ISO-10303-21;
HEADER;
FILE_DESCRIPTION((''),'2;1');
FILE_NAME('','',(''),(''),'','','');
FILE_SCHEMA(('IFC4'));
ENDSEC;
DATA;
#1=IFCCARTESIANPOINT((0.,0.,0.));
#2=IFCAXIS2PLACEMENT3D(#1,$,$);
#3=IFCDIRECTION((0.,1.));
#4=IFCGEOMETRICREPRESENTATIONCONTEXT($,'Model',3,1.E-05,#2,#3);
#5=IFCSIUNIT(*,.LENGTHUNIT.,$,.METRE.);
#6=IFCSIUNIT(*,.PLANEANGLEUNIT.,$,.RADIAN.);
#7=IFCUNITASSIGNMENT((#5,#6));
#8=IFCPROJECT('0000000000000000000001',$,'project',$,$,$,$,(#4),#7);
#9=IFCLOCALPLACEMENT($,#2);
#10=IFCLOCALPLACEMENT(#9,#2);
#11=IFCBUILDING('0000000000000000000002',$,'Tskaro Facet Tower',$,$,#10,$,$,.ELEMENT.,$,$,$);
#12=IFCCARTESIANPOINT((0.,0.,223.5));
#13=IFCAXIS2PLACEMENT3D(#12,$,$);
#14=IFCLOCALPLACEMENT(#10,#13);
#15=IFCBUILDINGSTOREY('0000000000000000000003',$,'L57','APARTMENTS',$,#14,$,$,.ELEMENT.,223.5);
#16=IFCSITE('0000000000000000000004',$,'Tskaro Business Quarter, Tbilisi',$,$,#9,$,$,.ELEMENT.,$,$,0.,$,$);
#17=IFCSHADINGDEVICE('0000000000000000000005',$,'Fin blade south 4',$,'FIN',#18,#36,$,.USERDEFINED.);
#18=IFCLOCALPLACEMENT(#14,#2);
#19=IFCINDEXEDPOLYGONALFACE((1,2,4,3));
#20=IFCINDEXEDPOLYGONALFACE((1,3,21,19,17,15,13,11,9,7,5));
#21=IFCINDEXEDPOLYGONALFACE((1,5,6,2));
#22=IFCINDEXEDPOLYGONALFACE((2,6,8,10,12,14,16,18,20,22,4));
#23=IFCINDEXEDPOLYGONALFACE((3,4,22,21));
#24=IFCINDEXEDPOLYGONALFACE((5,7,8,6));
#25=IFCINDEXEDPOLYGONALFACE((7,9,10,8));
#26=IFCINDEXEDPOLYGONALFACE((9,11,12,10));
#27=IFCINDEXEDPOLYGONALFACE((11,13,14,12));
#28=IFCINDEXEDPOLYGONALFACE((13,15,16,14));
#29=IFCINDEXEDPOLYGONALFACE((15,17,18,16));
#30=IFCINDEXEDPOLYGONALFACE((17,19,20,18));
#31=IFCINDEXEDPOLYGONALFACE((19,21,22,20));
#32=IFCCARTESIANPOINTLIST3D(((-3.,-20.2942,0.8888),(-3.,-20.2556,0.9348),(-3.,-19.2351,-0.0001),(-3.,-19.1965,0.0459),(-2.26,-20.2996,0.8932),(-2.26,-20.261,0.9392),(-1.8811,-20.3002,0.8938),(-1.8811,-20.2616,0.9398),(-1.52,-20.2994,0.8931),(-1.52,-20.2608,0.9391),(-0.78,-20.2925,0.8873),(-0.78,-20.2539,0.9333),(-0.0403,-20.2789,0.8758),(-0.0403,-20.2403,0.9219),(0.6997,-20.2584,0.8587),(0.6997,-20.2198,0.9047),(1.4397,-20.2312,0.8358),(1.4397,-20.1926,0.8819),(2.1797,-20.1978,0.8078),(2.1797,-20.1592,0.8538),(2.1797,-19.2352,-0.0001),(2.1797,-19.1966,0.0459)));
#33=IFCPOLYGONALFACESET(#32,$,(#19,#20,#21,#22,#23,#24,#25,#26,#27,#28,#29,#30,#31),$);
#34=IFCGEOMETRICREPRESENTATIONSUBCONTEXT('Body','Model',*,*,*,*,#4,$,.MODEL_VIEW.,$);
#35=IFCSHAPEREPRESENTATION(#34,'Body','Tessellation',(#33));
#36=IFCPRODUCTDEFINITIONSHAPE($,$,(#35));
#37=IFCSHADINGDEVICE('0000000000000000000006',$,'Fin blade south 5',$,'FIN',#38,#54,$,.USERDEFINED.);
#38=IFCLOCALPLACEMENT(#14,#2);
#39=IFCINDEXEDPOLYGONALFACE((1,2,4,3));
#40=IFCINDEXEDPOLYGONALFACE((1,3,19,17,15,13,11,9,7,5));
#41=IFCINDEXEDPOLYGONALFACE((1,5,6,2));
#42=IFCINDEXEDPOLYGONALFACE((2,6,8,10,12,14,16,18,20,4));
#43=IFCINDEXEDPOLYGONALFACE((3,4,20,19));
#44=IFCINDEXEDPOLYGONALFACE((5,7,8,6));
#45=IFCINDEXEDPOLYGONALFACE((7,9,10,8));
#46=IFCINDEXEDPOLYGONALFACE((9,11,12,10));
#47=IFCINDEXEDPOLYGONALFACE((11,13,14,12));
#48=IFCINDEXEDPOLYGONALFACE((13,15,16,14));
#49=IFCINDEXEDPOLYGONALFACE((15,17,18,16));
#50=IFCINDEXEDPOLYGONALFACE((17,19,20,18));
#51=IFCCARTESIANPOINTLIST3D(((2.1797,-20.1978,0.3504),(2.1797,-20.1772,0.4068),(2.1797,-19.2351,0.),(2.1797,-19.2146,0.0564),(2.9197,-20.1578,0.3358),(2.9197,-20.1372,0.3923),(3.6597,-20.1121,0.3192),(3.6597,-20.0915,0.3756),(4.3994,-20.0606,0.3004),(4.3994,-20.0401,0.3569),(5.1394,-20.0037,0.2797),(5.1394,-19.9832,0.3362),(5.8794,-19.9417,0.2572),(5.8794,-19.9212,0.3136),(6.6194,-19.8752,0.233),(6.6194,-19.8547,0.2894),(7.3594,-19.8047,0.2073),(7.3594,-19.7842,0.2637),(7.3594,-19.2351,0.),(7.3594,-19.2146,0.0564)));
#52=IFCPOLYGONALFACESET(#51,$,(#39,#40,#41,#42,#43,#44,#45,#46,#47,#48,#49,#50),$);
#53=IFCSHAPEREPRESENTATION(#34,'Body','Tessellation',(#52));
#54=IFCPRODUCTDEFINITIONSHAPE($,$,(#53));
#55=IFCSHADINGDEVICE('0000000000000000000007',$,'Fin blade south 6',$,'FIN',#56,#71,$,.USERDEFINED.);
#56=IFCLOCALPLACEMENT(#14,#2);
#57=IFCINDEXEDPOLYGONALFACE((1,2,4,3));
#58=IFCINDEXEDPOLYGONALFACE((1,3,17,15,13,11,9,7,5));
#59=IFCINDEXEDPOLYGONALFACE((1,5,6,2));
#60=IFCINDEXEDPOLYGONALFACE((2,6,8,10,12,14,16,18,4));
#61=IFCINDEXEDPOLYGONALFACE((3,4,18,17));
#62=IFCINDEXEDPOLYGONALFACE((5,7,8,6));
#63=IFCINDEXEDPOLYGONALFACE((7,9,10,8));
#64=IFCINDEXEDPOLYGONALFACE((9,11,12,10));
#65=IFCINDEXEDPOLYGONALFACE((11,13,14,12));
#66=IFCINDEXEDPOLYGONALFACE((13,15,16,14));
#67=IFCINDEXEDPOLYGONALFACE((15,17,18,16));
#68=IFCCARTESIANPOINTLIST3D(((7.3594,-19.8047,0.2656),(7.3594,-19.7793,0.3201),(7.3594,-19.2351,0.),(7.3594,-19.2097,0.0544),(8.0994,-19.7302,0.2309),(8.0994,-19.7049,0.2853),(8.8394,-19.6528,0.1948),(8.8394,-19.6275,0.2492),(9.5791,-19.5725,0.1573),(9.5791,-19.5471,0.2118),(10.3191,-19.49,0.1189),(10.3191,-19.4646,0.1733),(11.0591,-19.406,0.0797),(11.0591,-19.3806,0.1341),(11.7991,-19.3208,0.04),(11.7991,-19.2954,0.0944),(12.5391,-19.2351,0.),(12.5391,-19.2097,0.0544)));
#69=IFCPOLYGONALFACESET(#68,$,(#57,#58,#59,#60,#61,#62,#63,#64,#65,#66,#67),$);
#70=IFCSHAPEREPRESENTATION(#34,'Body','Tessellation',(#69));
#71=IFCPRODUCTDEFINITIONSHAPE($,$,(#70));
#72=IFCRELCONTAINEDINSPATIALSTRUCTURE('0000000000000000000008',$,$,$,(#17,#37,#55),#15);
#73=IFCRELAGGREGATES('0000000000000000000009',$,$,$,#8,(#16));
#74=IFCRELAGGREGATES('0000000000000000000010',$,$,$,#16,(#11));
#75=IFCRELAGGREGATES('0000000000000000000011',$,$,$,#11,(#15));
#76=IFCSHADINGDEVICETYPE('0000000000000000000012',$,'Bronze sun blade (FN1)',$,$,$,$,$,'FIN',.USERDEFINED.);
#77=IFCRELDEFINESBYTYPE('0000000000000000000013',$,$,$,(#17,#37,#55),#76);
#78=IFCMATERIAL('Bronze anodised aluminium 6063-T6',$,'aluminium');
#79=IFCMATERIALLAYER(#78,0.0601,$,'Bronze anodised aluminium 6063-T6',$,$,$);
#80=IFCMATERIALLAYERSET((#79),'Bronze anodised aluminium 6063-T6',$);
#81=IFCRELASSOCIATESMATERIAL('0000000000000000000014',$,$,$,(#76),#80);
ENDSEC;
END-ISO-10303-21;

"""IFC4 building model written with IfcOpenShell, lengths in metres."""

from ifc_helpers import new_model, si_unit, direction, frame, origin, place, context, subcontext, project, spatial, polyline, outline, extrude, material, layer, layer_set, type_object, element, save


model = new_model("IFC4")

# Units and contexts
model_context = context("Model", 3, precision=1e-05, world=origin(), true_north=direction((0.0, 1.0)))
body_context = subcontext(model_context, "Body", "Model", "MODEL_VIEW")
ifc_project = project(units=[si_unit("LENGTHUNIT", "METRE"), si_unit("PLANEANGLEUNIT", "RADIAN")], contexts=[model_context])

# Site, building, storey
site_placement = place(None, origin())
site = spatial("IfcSite", under=ifc_project, at=site_placement, Name="Tskaro Business Quarter, Tbilisi", CompositionType="ELEMENT", RefElevation=0.0)
building_placement = place(site_placement, origin())
building = spatial("IfcBuilding", under=site, at=building_placement, Name="Tskaro Facet Tower", CompositionType="ELEMENT")
storey_placement = place(building_placement, frame((0.0, 0.0, 223.5)))
storey = spatial("IfcBuildingStorey", under=building, at=storey_placement, Name="L57", Description="APARTMENTS", CompositionType="ELEMENT", Elevation=223.5)

# Shared definitions
ifc_material_1 = material(Name="Bronze anodised aluminium 6063-T6", Category="aluminium")

# Shading devices
ifc_layer_1 = layer(ifc_material_1, 0.0601, Name="Bronze anodised aluminium 6063-T6")
ifc_layer_set_1 = layer_set([ifc_layer_1], Name="Bronze anodised aluminium 6063-T6")
shading_device_type = type_object("IfcShadingDeviceType", Name="Bronze sun blade (FN1)", ElementType="FIN", PredefinedType="USERDEFINED", material=ifc_layer_set_1)
shading_device_1_placement = place(storey_placement, frame((-3.0, -19.1965, 0.0459), z_axis=(0.000008, 0.642873, 0.765973), x_axis=(1.0, -0.000005, -0.000006)))
element("IfcShadingDevice", 1, at=shading_device_1_placement, inside=storey, type_object=shading_device_type, Name="Fin blade south 4", ObjectType="FIN", PredefinedType="USERDEFINED", context=body_context, shape_type="SweptSolid", body=[
    extrude(outline(polyline([(0.0, 0.0), (5.1797, 0.0), (5.1797, -1.2567), (4.4397, -1.3004), (3.6997, -1.3359), (2.9597, -1.3626), (2.22, -1.3804), (1.48, -1.3894), (1.1189, -1.3905), (0.74, -1.3896), (0.0, -1.3827), (0.0, 0.0)])), origin(), (0.0, 0.0, -1.0), 0.0601),
])
shading_device_2_placement = place(storey_placement, frame((2.1797, -19.2146, 0.0564), z_axis=(-0.000004, 0.342057, 0.939679), x_axis=(1.0, 0.000002, 0.000004)))
element("IfcShadingDevice", 2, at=shading_device_2_placement, inside=storey, type_object=shading_device_type, Name="Fin blade south 5", ObjectType="FIN", PredefinedType="USERDEFINED", context=body_context, shape_type="SweptSolid", body=[
    extrude(outline(polyline([(0.0, 0.0), (5.1797, 0.0), (5.1797, -0.6061), (4.4397, -0.6812), (3.6997, -0.7519), (2.9597, -0.8179), (2.2197, -0.8784), (1.48, -0.9332), (0.74, -0.9819), (0.0, -1.0244), (0.0, 0.0)])), origin(), (0.0, 0.0, -1.0), 0.0601),
])
shading_device_3_placement = place(storey_placement, frame((7.3594, -19.2097, 0.0544), z_axis=(0.000003, 0.422634, 0.9063), x_axis=(1.0, -0.000001, -0.000002)))
element("IfcShadingDevice", 3, at=shading_device_3_placement, inside=storey, type_object=shading_device_type, Name="Fin blade south 6", ObjectType="FIN", PredefinedType="USERDEFINED", context=body_context, shape_type="SweptSolid", body=[
    extrude(outline(polyline([(0.0, 0.0), (5.1797, 0.0), (4.4397, -0.0946), (3.6997, -0.1885), (2.9597, -0.2813), (2.2197, -0.3722), (1.48, -0.4609), (0.74, -0.5463), (0.0, -0.6285), (0.0, 0.0)])), origin(), (0.0, 0.0, -1.0), 0.0601),
])

save(model, "model.ifc")
